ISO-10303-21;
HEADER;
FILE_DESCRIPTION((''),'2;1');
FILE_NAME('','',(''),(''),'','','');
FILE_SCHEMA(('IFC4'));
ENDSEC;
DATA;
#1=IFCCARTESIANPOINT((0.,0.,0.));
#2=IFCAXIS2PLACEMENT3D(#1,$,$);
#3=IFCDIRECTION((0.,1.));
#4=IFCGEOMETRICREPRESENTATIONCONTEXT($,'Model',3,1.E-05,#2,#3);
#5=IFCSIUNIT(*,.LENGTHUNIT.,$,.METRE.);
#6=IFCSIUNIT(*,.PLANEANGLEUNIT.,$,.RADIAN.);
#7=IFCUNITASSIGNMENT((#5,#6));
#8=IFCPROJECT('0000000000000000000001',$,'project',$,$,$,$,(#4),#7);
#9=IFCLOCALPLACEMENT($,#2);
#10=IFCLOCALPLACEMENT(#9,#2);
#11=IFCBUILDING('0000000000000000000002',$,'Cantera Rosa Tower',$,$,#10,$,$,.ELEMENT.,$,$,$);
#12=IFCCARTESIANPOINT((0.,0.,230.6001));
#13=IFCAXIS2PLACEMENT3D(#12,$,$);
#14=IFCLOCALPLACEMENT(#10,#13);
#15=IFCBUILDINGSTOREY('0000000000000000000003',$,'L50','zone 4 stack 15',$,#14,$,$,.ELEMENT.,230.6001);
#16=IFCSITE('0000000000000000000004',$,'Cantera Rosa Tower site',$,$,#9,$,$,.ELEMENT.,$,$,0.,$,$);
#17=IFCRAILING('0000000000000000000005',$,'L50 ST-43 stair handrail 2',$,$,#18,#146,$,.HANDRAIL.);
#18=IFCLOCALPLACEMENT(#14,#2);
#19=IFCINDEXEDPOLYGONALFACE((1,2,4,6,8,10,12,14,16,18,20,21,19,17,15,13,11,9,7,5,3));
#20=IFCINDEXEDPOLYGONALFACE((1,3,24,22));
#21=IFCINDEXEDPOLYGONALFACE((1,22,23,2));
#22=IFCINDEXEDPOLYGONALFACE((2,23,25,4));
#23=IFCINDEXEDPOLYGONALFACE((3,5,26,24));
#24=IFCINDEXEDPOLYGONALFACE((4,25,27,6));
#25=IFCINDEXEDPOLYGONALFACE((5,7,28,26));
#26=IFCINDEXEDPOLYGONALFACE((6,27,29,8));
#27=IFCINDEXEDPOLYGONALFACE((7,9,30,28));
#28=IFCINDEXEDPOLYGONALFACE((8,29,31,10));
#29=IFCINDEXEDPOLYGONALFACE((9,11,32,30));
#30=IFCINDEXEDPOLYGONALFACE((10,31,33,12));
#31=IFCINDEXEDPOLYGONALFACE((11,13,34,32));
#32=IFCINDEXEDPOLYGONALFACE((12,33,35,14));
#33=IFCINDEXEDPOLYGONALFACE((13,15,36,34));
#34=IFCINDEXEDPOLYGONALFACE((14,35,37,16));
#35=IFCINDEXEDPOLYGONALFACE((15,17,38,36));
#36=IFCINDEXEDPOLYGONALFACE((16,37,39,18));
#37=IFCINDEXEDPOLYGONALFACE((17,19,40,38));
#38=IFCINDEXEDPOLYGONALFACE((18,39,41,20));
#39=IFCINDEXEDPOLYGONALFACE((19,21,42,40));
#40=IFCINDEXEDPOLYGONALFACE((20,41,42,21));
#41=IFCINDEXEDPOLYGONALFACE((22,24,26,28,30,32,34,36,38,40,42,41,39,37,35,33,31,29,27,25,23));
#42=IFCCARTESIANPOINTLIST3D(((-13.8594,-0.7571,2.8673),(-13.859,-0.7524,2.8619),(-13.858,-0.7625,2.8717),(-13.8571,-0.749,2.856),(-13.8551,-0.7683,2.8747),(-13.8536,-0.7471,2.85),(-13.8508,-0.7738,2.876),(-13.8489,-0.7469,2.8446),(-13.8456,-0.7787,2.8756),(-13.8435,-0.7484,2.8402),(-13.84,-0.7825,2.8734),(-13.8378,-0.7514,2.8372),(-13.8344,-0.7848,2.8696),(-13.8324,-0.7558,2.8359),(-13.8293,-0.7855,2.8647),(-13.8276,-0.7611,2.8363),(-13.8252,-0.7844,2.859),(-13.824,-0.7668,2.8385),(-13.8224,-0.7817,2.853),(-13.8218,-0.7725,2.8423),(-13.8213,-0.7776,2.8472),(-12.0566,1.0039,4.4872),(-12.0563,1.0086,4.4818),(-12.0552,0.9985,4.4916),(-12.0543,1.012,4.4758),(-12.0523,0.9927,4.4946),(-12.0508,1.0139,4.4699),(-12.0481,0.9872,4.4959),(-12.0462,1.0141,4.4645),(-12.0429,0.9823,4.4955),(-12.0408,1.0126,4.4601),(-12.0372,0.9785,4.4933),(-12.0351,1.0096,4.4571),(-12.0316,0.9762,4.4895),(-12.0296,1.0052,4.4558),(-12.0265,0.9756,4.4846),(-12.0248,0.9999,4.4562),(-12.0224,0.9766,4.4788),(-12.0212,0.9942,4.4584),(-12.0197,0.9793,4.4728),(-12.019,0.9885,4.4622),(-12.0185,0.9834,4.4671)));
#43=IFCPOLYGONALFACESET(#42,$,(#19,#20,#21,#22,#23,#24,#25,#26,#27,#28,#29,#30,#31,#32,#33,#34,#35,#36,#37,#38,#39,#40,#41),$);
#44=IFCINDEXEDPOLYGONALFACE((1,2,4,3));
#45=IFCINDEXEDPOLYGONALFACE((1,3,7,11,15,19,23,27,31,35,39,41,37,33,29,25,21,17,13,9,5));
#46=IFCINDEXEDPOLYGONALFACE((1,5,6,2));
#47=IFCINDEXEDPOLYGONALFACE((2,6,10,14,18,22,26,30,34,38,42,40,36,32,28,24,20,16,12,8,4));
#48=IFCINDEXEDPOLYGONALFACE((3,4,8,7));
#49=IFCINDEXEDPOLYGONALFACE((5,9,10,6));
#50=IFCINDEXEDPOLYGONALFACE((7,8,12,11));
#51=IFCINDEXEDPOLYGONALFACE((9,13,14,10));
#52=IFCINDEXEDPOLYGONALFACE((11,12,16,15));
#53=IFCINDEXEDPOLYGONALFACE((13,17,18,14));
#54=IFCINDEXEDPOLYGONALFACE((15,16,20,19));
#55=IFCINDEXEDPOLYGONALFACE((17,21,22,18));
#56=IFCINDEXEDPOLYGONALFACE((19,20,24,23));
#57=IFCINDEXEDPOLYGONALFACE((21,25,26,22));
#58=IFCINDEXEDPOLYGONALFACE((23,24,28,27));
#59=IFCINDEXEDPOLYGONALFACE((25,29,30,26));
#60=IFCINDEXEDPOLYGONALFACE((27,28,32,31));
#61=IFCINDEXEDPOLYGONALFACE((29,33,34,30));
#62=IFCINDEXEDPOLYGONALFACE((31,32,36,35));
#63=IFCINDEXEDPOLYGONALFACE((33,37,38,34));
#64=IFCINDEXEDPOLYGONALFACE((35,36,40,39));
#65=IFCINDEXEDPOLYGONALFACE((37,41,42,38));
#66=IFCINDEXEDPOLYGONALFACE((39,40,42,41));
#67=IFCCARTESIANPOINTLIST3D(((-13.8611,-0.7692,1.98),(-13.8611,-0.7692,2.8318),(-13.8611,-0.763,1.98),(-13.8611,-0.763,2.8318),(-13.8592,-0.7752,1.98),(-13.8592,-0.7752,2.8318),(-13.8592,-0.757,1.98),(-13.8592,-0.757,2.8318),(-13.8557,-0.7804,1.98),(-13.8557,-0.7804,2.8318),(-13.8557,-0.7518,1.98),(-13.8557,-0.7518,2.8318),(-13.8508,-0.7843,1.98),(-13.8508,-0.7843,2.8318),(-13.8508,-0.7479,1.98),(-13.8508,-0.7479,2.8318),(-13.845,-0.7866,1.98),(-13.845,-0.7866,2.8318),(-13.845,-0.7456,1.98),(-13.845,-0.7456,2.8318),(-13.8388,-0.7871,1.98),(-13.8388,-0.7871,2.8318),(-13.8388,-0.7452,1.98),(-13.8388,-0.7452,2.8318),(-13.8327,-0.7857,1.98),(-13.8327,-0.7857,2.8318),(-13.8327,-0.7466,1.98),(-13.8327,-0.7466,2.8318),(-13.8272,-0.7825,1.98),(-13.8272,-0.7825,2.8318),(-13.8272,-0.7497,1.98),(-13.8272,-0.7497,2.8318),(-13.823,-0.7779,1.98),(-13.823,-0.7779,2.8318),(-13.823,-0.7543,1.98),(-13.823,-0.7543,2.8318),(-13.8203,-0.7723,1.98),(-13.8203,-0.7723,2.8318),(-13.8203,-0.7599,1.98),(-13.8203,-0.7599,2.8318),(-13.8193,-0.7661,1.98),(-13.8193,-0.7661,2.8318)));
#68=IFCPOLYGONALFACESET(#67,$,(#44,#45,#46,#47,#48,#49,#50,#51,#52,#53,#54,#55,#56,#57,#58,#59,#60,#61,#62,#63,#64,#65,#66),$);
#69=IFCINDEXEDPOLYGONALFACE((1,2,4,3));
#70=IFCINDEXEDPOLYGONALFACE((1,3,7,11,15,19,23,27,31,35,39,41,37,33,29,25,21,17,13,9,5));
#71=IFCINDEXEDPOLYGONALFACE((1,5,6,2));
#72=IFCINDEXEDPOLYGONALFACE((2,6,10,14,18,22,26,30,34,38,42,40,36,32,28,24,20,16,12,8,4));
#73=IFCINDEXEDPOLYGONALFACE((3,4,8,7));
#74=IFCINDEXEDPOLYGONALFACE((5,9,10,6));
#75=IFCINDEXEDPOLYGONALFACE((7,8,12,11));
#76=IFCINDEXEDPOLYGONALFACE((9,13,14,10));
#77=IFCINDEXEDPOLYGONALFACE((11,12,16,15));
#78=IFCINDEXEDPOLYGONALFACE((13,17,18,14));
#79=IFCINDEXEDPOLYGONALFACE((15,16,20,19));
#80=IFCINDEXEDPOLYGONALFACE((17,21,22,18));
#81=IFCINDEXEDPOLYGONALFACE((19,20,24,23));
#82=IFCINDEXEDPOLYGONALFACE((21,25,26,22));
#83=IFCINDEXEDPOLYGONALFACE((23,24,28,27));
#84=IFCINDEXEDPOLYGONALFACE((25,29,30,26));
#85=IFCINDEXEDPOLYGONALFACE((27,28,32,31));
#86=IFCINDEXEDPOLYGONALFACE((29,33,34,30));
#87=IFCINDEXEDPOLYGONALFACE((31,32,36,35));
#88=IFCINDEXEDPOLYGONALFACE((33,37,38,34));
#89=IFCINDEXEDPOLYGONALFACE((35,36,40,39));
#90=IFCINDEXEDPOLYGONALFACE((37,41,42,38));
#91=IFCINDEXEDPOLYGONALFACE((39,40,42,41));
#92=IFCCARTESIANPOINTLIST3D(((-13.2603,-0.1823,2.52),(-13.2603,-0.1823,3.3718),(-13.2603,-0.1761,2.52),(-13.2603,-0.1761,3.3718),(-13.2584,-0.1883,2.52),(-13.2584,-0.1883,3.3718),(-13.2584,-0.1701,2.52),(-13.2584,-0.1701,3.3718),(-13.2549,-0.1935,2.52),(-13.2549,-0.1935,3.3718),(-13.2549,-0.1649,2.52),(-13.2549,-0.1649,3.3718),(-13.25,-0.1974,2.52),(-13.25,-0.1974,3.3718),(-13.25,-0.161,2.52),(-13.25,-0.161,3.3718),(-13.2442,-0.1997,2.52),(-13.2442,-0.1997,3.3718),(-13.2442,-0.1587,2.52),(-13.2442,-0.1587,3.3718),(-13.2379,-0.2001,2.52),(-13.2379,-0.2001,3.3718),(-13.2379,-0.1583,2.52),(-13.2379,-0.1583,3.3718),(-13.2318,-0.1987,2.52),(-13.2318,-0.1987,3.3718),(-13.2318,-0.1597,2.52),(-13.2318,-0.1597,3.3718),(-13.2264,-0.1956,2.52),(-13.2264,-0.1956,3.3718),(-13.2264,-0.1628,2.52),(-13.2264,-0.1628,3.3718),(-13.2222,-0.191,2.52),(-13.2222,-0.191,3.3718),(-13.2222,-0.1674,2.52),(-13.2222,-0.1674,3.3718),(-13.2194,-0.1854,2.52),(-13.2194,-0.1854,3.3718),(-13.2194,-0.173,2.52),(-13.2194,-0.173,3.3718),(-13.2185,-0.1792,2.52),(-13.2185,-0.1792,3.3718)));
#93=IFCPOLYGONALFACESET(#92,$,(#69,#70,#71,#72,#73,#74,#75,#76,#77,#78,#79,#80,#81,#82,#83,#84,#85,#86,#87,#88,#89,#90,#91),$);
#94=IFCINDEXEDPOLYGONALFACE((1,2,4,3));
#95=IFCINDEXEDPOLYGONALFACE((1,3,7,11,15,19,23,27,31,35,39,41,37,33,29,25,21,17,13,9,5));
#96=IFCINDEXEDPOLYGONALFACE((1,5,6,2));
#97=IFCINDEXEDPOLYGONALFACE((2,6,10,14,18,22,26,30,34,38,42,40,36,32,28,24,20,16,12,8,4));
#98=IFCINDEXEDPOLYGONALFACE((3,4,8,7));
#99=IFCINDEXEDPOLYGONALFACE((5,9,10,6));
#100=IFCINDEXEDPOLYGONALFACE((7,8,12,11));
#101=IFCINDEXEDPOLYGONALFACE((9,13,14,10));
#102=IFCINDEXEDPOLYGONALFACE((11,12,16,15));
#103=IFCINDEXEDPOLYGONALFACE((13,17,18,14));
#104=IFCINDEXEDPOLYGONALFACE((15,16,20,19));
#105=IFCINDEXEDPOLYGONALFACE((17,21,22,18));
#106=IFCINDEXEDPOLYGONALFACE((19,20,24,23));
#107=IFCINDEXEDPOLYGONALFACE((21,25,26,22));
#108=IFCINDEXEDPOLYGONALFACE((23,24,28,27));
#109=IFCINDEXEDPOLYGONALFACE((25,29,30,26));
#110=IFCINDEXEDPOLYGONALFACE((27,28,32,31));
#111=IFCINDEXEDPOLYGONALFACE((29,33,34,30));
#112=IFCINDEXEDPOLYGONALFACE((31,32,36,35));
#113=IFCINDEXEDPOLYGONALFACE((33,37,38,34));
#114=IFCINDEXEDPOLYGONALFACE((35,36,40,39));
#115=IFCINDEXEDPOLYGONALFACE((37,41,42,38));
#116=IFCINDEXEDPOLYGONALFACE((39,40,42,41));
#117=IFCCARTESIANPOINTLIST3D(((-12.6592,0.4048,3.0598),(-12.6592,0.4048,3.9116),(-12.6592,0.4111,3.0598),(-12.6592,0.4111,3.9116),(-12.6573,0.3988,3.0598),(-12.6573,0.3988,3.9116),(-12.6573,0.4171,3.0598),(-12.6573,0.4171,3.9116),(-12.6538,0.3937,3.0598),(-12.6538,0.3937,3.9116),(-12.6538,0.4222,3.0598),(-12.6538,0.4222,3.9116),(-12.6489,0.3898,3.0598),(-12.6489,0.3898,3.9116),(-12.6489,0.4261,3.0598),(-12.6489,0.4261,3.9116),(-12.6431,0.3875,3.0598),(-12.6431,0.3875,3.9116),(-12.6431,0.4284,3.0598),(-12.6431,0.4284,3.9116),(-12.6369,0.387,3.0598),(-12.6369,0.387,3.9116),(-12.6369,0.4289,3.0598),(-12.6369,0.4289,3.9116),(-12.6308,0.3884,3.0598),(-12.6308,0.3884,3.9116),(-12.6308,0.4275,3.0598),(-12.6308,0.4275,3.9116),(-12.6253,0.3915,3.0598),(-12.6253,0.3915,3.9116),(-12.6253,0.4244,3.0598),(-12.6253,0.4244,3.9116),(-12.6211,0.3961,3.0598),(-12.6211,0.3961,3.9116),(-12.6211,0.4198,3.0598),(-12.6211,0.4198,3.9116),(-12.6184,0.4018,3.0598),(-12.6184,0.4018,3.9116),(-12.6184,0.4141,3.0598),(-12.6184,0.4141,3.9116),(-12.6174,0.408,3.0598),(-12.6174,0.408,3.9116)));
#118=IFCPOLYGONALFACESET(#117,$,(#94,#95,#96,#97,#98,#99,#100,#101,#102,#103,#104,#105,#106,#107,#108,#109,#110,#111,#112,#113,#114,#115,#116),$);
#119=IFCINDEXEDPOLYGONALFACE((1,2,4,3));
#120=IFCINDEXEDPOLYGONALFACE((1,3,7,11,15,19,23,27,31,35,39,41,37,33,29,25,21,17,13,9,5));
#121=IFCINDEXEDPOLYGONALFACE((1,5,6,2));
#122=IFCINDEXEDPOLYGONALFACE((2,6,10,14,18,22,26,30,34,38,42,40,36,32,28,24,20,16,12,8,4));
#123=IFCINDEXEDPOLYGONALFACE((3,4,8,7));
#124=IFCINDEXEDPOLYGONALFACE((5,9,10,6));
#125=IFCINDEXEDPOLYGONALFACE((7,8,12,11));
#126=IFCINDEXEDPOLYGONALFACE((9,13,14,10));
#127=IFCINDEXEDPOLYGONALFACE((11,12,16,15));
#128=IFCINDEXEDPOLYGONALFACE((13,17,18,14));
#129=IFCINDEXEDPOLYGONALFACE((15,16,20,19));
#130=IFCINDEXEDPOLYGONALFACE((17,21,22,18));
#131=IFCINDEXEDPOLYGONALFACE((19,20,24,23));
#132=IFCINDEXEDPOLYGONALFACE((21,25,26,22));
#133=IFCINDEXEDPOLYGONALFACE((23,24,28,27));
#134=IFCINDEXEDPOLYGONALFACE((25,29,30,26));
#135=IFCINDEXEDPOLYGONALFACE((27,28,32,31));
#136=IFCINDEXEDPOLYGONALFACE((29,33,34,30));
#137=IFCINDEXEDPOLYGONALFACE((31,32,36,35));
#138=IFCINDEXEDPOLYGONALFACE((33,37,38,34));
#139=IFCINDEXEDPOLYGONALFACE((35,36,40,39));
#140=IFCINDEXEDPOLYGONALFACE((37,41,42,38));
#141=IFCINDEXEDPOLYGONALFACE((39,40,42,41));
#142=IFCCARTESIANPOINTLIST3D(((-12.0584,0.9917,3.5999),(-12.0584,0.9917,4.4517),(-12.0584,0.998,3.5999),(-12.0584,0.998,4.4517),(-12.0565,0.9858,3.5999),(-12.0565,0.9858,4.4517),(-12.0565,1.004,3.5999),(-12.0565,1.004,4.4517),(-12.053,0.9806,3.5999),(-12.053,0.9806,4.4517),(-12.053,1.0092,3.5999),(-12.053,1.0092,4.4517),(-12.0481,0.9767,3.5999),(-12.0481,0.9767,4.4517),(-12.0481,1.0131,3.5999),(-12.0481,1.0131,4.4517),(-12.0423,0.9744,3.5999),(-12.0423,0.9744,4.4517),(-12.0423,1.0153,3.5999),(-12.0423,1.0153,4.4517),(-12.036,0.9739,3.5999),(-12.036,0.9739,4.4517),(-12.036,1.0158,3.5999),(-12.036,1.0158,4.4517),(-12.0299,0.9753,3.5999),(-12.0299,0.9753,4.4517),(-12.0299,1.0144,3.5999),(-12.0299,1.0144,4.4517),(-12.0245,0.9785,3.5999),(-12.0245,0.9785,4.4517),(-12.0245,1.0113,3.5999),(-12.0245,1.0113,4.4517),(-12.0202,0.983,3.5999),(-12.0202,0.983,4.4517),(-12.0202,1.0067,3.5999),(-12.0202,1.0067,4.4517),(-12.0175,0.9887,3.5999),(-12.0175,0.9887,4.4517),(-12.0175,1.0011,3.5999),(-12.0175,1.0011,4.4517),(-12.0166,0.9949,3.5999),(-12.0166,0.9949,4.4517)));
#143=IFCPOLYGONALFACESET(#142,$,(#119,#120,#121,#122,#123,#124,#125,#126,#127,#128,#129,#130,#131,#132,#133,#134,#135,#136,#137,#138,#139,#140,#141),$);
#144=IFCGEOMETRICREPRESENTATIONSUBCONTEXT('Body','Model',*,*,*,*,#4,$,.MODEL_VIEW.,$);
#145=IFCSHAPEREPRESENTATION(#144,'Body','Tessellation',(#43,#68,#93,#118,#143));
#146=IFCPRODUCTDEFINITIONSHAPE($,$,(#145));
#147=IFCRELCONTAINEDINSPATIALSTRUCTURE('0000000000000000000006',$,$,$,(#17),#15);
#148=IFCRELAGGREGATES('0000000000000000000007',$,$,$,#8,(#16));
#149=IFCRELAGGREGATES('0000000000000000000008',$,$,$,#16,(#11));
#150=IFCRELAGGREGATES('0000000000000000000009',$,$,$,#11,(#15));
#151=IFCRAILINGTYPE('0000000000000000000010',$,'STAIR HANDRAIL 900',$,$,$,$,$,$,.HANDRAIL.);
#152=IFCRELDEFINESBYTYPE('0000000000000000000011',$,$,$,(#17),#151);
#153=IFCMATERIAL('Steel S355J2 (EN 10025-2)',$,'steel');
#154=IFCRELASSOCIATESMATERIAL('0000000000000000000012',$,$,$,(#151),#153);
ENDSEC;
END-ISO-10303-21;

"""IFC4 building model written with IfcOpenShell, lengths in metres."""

from ifc_helpers import new_model, si_unit, direction, frame, origin, origin_2d, place, context, subcontext, project, spatial, circle, extrude, material, type_object, element, save


model = new_model("IFC4")

# Units and contexts
model_context = context("Model", 3, precision=1e-05, world=origin(), true_north=direction((0.0, 1.0)))
body_context = subcontext(model_context, "Body", "Model", "MODEL_VIEW")
ifc_project = project(units=[si_unit("LENGTHUNIT", "METRE"), si_unit("PLANEANGLEUNIT", "RADIAN")], contexts=[model_context])

# Site, building, storey
site_placement = place(None, origin())
site = spatial("IfcSite", under=ifc_project, at=site_placement, Name="Cantera Rosa Tower site", CompositionType="ELEMENT", RefElevation=0.0)
building_placement = place(site_placement, origin())
building = spatial("IfcBuilding", under=site, at=building_placement, Name="Cantera Rosa Tower", CompositionType="ELEMENT")
storey_placement = place(building_placement, frame((0.0, 0.0, 230.6001)))
storey = spatial("IfcBuildingStorey", under=building, at=storey_placement, Name="L50", Description="zone 4 stack 15", CompositionType="ELEMENT", Elevation=230.6001)

# Railing
ifc_material_1 = material(Name="Steel S355J2 (EN 10025-2)", Category="steel")
railing_type_1 = type_object("IfcRailingType", Name="STAIR HANDRAIL 900", PredefinedType="HANDRAIL", material=ifc_material_1)
railing_1_placement = place(storey_placement, frame((-13.8403, -0.7661, 1.98)))
element("IfcRailing", 1, at=railing_1_placement, inside=storey, type_object=railing_type_1, Name="L50 ST-43 stair handrail 2", PredefinedType="HANDRAIL", context=body_context, shape_type="SweptSolid", body=[
    extrude(circle(Radius=0.0239, at=origin_2d()), frame((0.0, 0.0, 0.876), z_axis=(0.601751, 0.587815, 0.540712), x_axis=(-0.698775, 0.715341, 0.0)), (0.0, 0.0, 1.0), 2.9958),
    extrude(circle(Radius=0.021, at=origin_2d()), origin(), (0.0, 0.0, 1.0), 0.8518),
    extrude(circle(Radius=0.021, at=origin_2d()), frame((0.6008, 0.5869, 0.54)), (0.0, 0.0, 1.0), 0.8518),
    extrude(circle(Radius=0.021, at=origin_2d()), frame((1.2019, 1.1741, 1.0798)), (0.0, 0.0, 1.0), 0.8518),
    extrude(circle(Radius=0.021, at=origin_2d()), frame((1.8027, 1.761, 1.6199)), (0.0, 0.0, 1.0), 0.8518),
])

save(model, "model.ifc")
